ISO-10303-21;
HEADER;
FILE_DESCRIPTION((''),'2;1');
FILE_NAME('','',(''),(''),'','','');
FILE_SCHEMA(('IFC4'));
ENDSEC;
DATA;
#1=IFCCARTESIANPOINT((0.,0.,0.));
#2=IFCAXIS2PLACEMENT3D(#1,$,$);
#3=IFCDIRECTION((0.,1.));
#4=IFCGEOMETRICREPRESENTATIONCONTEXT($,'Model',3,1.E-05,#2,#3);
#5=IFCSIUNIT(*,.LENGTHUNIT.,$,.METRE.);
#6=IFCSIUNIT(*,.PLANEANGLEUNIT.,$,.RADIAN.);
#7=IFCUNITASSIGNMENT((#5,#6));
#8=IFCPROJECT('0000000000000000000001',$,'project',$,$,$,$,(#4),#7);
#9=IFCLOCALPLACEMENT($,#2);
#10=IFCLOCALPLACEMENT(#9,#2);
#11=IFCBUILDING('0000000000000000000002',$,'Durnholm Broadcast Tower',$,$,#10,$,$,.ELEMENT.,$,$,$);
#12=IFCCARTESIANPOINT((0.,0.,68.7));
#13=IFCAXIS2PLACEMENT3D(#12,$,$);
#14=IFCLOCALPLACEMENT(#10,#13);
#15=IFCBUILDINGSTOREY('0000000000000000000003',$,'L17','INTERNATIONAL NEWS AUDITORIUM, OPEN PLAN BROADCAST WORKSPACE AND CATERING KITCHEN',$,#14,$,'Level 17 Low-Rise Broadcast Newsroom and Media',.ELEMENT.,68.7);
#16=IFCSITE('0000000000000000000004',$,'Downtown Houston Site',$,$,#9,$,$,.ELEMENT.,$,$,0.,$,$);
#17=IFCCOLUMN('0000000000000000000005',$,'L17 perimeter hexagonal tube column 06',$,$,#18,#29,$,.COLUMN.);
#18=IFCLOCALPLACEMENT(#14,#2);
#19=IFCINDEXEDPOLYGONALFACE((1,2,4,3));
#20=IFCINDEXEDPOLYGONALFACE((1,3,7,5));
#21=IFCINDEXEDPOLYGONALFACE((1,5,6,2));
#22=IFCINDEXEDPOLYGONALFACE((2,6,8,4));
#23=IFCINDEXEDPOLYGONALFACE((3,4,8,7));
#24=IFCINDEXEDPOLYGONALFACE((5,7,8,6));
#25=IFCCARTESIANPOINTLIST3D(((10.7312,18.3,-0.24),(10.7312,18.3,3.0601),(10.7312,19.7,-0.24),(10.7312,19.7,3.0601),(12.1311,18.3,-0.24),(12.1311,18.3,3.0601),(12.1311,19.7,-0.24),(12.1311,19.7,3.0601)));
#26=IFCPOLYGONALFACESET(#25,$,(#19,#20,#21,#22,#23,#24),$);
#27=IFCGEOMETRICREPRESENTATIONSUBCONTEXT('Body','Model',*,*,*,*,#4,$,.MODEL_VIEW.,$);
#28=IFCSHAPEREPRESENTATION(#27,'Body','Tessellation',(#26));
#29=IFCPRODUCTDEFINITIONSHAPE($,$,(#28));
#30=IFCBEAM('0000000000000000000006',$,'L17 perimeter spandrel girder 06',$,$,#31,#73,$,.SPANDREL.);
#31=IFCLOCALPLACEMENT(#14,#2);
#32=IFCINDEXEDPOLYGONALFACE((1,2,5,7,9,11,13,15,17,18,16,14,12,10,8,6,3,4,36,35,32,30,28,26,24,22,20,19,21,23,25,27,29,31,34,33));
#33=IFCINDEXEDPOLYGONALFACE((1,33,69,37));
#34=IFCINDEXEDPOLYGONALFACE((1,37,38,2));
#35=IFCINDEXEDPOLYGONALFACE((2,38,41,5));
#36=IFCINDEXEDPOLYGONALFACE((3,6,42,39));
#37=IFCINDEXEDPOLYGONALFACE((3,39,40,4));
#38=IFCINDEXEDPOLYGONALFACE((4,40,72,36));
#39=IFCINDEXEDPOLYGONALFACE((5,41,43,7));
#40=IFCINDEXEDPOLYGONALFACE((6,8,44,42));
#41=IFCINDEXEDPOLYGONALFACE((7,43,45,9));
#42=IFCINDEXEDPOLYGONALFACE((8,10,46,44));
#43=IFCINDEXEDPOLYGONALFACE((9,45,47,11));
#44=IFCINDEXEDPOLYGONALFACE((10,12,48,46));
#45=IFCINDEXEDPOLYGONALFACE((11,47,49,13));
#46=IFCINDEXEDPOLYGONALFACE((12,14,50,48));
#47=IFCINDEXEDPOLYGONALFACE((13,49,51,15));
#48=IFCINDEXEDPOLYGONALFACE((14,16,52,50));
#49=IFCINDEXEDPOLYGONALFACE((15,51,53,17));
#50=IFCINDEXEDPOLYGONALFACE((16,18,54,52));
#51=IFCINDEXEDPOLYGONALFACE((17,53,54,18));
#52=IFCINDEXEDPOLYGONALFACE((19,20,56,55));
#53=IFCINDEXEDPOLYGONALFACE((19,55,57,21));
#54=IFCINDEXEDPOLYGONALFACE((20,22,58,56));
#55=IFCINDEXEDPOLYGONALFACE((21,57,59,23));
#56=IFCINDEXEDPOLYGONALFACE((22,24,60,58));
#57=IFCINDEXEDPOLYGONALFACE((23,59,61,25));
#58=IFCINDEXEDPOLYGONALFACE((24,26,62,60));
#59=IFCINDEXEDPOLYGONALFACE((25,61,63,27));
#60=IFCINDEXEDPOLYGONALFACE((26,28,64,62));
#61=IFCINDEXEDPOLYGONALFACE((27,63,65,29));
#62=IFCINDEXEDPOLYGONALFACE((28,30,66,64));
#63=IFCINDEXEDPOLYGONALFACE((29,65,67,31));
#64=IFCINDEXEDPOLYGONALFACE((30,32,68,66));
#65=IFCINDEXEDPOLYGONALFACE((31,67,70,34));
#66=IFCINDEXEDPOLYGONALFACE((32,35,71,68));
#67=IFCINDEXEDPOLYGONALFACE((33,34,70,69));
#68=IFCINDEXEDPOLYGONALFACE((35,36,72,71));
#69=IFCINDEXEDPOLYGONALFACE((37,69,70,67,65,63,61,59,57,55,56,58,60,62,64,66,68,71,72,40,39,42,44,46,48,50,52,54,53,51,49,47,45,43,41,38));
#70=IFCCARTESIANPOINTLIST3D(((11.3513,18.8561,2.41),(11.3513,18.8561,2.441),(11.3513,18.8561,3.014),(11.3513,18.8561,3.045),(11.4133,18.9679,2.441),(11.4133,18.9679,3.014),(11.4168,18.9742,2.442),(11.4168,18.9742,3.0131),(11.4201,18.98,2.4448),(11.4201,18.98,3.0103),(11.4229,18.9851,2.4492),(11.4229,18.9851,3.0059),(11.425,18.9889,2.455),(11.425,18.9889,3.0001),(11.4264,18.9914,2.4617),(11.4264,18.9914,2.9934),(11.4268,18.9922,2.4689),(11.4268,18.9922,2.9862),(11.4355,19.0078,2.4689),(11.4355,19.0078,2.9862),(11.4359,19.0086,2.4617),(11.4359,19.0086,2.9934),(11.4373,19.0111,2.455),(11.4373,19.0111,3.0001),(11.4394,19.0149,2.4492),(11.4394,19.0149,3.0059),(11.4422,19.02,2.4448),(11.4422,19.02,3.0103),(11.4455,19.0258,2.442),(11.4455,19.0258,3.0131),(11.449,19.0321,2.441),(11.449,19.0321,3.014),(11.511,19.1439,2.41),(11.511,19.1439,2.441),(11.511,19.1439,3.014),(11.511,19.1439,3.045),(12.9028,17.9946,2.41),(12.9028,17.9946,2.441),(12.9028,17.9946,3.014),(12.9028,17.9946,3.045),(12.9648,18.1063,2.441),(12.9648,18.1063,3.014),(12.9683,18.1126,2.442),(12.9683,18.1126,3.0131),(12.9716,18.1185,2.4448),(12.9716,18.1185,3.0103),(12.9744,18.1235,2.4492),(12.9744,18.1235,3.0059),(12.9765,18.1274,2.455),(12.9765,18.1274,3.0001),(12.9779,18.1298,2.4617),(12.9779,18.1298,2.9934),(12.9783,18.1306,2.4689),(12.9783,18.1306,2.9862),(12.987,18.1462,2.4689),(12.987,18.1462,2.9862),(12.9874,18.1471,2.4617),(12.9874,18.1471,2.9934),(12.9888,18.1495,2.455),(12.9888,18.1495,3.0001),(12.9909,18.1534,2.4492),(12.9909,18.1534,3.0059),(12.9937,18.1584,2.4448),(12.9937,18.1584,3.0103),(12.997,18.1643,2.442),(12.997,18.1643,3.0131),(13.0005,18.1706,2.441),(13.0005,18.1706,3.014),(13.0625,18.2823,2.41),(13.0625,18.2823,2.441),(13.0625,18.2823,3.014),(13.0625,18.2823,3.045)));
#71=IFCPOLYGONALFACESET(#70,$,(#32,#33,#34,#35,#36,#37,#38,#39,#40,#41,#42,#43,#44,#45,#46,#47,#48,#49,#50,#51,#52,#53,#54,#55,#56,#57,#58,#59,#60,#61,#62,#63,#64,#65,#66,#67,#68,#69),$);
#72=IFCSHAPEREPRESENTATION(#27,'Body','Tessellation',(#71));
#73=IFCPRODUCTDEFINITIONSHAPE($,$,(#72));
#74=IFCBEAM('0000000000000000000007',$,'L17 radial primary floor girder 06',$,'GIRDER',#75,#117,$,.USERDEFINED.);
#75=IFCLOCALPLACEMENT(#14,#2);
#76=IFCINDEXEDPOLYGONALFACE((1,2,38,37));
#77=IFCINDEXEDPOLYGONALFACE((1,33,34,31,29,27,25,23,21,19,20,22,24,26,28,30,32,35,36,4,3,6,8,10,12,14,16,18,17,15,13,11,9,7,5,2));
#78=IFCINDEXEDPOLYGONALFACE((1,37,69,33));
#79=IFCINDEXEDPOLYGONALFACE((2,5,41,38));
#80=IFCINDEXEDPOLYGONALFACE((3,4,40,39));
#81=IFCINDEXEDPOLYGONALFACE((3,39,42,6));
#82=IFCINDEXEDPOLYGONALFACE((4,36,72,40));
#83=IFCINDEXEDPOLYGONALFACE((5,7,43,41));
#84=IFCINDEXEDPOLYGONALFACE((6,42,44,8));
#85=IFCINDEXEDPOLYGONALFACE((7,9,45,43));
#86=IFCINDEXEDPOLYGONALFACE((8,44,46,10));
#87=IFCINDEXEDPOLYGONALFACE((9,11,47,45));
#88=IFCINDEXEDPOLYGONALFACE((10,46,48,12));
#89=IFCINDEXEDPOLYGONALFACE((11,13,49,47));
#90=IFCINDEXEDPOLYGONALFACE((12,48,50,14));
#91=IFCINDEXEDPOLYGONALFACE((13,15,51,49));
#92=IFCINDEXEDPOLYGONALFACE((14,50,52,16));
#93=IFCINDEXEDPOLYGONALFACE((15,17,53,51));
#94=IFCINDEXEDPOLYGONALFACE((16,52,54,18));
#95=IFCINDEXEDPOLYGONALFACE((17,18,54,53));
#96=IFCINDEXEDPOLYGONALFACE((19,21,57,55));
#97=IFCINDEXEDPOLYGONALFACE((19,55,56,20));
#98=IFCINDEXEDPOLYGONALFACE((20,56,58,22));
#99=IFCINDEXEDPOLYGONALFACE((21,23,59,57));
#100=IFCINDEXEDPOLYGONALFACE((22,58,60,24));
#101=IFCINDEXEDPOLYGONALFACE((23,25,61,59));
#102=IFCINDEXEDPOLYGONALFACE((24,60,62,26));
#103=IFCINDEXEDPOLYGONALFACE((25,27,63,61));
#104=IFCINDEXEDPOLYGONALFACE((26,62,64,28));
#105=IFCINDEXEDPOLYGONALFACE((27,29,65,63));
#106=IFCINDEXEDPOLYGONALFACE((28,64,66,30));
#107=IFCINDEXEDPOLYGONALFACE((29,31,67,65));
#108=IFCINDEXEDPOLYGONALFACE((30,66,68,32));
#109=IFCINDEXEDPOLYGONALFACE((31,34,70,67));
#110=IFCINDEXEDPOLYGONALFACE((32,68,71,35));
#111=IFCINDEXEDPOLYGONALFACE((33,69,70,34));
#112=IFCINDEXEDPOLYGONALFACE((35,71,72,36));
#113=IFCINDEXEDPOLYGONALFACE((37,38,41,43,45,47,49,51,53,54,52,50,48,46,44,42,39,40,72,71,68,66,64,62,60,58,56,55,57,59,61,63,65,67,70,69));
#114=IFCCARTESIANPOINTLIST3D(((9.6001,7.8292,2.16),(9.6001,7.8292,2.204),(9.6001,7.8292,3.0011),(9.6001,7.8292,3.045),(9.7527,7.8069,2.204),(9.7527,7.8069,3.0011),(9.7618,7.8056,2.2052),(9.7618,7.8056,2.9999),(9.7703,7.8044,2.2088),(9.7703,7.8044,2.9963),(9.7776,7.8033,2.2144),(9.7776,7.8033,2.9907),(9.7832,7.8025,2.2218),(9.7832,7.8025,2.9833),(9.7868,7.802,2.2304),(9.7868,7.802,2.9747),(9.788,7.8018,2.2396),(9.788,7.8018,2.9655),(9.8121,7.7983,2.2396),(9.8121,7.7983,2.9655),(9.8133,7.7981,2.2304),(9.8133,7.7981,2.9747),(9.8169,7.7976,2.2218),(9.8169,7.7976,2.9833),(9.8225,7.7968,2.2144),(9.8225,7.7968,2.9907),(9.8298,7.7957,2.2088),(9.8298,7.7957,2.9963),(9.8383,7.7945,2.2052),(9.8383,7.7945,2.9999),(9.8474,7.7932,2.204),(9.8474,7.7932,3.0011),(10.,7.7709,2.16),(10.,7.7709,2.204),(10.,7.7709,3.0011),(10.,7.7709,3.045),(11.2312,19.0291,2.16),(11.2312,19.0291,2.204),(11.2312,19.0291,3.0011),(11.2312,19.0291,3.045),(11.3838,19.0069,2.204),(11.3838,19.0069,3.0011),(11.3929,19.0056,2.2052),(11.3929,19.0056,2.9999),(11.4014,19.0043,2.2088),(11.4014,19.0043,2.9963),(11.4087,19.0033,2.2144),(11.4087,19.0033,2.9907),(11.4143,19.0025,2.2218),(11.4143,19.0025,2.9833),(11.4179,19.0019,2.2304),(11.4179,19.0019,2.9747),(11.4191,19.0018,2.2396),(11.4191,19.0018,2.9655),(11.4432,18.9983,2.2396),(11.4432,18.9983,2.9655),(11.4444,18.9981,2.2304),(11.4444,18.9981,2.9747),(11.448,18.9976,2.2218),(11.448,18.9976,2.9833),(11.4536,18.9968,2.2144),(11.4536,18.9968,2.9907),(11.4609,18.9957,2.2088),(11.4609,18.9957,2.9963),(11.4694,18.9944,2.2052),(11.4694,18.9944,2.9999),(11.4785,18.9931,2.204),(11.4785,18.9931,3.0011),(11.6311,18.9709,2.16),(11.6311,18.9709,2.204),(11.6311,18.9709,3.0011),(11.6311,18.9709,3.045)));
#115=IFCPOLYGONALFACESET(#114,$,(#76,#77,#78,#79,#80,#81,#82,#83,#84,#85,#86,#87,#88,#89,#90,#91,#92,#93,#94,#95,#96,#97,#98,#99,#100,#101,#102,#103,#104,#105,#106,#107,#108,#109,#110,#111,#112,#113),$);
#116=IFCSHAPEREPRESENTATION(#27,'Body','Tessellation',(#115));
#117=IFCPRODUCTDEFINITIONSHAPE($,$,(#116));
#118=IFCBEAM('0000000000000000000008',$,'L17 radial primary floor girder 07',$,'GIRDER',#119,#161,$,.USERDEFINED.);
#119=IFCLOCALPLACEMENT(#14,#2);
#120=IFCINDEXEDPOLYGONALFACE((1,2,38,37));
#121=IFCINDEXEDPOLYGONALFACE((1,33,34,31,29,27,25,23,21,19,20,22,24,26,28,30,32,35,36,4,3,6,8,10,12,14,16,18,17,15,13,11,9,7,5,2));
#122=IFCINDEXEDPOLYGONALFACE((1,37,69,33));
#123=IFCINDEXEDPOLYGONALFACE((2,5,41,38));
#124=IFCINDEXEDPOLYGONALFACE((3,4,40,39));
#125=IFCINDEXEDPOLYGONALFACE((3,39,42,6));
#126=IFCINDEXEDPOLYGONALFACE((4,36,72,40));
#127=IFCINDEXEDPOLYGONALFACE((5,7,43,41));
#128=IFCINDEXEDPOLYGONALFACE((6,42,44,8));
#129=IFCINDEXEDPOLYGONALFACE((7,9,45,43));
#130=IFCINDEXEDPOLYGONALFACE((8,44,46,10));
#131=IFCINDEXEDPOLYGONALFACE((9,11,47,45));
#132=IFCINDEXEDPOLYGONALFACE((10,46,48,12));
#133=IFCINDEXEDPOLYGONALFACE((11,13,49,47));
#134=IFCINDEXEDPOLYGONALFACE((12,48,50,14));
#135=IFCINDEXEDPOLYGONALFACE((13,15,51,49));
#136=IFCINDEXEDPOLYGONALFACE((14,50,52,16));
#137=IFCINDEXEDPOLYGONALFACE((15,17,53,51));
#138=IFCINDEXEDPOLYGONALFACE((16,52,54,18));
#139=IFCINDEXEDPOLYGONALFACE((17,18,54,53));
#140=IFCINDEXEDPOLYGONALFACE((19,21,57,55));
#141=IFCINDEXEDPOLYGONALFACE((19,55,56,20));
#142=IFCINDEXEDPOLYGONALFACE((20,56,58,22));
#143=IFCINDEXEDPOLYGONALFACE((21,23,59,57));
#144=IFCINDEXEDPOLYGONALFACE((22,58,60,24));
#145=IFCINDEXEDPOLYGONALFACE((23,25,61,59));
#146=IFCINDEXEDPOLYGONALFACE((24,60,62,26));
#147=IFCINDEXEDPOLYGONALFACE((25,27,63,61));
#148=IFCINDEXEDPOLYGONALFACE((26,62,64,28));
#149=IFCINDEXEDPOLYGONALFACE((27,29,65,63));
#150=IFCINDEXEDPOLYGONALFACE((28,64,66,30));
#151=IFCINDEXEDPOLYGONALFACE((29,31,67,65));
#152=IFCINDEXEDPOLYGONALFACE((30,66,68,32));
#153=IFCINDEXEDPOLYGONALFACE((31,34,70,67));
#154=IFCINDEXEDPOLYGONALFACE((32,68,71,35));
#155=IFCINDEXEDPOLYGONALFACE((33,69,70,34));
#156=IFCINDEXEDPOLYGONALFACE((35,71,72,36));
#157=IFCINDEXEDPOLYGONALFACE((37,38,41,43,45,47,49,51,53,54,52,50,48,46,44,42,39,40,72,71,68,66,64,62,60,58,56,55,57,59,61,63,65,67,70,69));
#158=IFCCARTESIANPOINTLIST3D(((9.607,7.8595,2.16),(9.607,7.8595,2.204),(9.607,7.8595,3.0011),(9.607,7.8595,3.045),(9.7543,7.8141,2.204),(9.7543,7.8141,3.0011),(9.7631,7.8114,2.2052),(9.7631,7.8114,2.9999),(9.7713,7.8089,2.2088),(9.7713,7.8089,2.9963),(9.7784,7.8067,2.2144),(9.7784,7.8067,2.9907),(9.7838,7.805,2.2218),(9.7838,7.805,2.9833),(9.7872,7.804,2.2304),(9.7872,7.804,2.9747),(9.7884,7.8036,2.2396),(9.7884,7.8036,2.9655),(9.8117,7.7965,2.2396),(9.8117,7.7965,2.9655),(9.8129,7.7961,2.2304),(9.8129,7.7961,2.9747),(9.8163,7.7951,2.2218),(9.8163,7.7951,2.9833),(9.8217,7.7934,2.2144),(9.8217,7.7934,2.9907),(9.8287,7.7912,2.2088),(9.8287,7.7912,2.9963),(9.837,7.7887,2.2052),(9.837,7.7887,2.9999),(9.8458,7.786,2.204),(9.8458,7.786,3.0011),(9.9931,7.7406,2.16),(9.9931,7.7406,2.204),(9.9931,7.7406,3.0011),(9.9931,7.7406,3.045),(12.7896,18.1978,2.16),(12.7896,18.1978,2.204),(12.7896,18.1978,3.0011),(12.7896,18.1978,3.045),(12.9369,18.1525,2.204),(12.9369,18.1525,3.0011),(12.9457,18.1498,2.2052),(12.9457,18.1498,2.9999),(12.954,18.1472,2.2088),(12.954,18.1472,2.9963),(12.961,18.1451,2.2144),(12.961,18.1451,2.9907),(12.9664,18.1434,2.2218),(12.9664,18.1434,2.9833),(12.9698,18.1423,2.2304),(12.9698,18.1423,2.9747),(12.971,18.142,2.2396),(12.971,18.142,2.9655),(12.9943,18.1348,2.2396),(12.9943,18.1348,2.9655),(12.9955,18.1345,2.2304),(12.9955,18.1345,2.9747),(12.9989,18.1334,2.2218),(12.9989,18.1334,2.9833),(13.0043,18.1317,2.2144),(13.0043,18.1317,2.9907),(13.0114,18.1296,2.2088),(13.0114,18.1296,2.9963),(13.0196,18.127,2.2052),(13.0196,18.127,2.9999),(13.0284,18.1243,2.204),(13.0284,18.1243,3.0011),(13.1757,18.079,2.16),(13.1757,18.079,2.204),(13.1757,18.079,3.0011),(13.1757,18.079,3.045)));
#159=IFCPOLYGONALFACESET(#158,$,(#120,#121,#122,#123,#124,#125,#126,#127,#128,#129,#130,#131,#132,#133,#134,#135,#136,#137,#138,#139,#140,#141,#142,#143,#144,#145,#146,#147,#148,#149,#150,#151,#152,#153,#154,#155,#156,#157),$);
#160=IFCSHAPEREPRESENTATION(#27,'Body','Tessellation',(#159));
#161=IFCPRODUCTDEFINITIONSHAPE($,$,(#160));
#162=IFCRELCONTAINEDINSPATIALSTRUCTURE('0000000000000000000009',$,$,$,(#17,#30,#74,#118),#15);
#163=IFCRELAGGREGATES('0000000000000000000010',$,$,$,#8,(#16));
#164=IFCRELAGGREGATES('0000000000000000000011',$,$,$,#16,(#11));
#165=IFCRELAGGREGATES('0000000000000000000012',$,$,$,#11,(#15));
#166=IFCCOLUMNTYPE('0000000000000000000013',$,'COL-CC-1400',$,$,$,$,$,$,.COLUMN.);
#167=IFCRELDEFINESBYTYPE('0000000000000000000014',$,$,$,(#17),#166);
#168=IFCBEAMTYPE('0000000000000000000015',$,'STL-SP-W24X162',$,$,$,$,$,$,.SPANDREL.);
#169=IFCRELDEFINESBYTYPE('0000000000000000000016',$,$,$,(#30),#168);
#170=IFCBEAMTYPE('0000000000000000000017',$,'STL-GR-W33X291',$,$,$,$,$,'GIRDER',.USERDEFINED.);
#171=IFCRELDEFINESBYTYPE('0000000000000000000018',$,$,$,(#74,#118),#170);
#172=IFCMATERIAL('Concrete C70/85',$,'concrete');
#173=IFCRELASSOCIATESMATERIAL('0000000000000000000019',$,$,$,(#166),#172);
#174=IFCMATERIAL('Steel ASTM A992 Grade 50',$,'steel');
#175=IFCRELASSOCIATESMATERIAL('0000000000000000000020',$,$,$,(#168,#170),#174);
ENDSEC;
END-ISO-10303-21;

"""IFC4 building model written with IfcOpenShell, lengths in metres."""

from ifc_helpers import new_model, si_unit, direction, frame, origin, origin_2d, place, context, subcontext, project, spatial, rectangle, i_section, extrude, source, transform, mapped, material, material_profile, profile_set, type_object, type_shapes, element, save


model = new_model("IFC4")

# Units and contexts
model_context = context("Model", 3, precision=1e-05, world=origin(), true_north=direction((0.0, 1.0)))
body_context = subcontext(model_context, "Body", "Model", "MODEL_VIEW")
ifc_project = project(units=[si_unit("LENGTHUNIT", "METRE"), si_unit("PLANEANGLEUNIT", "RADIAN")], contexts=[model_context])

# Site, building, storey
site_placement = place(None, origin())
site = spatial("IfcSite", under=ifc_project, at=site_placement, Name="Downtown Houston Site", CompositionType="ELEMENT", RefElevation=0.0)
building_placement = place(site_placement, origin())
building = spatial("IfcBuilding", under=site, at=building_placement, Name="Durnholm Broadcast Tower", CompositionType="ELEMENT")
storey_placement = place(building_placement, frame((0.0, 0.0, 68.7)))
storey = spatial("IfcBuildingStorey", under=building, at=storey_placement, Name="L17", Description="INTERNATIONAL NEWS AUDITORIUM, OPEN PLAN BROADCAST WORKSPACE AND CATERING KITCHEN", LongName="Level 17 Low-Rise Broadcast Newsroom and Media", CompositionType="ELEMENT", Elevation=68.7)

# Column
ifc_material_1 = material(Name="Concrete C70/85", Category="concrete")
ifc_material_profile_1 = material_profile(ifc_material_1, rectangle(XDim=1.3999, YDim=1.3999, at=origin_2d()), Name="RC1400X1400")
ifc_profile_set_1 = profile_set([ifc_material_profile_1], Name="Concrete C70/85")
column_type = type_object("IfcColumnType", Name="COL-CC-1400", PredefinedType="COLUMN", material=ifc_profile_set_1)
shared_shape_1 = source(origin(), body_context, "Body", "SweptSolid", [
    extrude(rectangle(XDim=1.3999, YDim=1.3999, at=origin_2d()), origin(), (0.0, 0.0, 1.0), 3.3),
])
type_shapes(column_type, [shared_shape_1])
column_placement = place(storey_placement, frame((11.4312, 19.0, -0.24), z_axis=(0.0, 0.0, 1.0), x_axis=(1.0, 0.0, 0.0)))
element("IfcColumn", 1, at=column_placement, inside=storey, type_object=column_type, Name="L17 perimeter hexagonal tube column 06", PredefinedType="COLUMN", context=body_context, shape_type="MappedRepresentation", body=[
    mapped(shared_shape_1, transform((0.0, 0.0, 0.0), x_axis=(1.0, 0.0, 0.0), y_axis=(0.0, 1.0, 0.0), z_axis=(0.0, 0.0, 1.0), scale=1.0)),
])

# Beams
ifc_material_2 = material(Name="Steel ASTM A992 Grade 50", Category="steel")
ifc_material_profile_2 = material_profile(ifc_material_2, i_section(OverallWidth=0.3291, OverallDepth=0.635, WebThickness=0.0178, FlangeThickness=0.031, FilletRadius=0.0278, at=origin_2d()), Name="W24X162")
ifc_profile_set_2 = profile_set([ifc_material_profile_2], Name="Steel ASTM A992 Grade 50")
beam_type_1 = type_object("IfcBeamType", Name="STL-SP-W24X162", PredefinedType="SPANDREL", material=ifc_profile_set_2)
shared_shape_2 = source(origin(), body_context, "Body", "SweptSolid", [
    extrude(i_section(OverallWidth=0.3291, OverallDepth=0.635, WebThickness=0.0178, FlangeThickness=0.031, FilletRadius=0.0278, at=origin_2d()), origin(), (0.0, 0.0, 1.0), 1.7747),
])
type_shapes(beam_type_1, [shared_shape_2])
beam_1_placement = place(storey_placement, frame((11.4312, 19.0, 2.7275), z_axis=(0.874248, -0.485479, 0.0), x_axis=(0.485479, 0.874248, 0.0)))
element("IfcBeam", 2, at=beam_1_placement, inside=storey, type_object=beam_type_1, Name="L17 perimeter spandrel girder 06", PredefinedType="SPANDREL", context=body_context, shape_type="MappedRepresentation", body=[
    mapped(shared_shape_2, transform((0.0, 0.0, 0.0), x_axis=(1.0, 0.0, 0.0), y_axis=(0.0, 1.0, 0.0), z_axis=(0.0, 0.0, 1.0), scale=1.0)),
])
ifc_material_profile_3 = material_profile(ifc_material_2, i_section(OverallWidth=0.4041, OverallDepth=0.885, WebThickness=0.0244, FlangeThickness=0.0439, FilletRadius=0.0356, at=origin_2d()), Name="W33X291")
ifc_profile_set_3 = profile_set([ifc_material_profile_3], Name="Steel ASTM A992 Grade 50")
beam_type_2 = type_object("IfcBeamType", Name="STL-GR-W33X291", ElementType="GIRDER", PredefinedType="USERDEFINED", material=ifc_profile_set_3)
shared_shape_3 = source(origin(), body_context, "Body", "SweptSolid", [
    extrude(i_section(OverallWidth=0.4041, OverallDepth=0.885, WebThickness=0.0244, FlangeThickness=0.0439, FilletRadius=0.0356, at=origin_2d()), origin(), (0.0, 0.0, 1.0), 11.3181),
])
beam_2_placement = place(storey_placement, frame((9.8, 7.8, 2.6025), z_axis=(0.144115, 0.989561, 0.0), x_axis=(-0.989561, 0.144115, 0.0)))
element("IfcBeam", 3, at=beam_2_placement, inside=storey, type_object=beam_type_2, Name="L17 radial primary floor girder 06", ObjectType="GIRDER", PredefinedType="USERDEFINED", context=body_context, shape_type="MappedRepresentation", body=[
    mapped(shared_shape_3, transform((0.0, 0.0, 0.0), x_axis=(1.0, 0.0, 0.0), y_axis=(0.0, 1.0, 0.0), z_axis=(0.0, 0.0, 1.0), scale=1.0)),
])
shared_shape_4 = source(origin(), body_context, "Body", "SweptSolid", [
    extrude(i_section(OverallWidth=0.4041, OverallDepth=0.885, WebThickness=0.0244, FlangeThickness=0.0439, FilletRadius=0.0356, at=origin_2d()), origin(), (0.0, 0.0, 1.0), 10.8171),
])
type_shapes(beam_type_2, [shared_shape_3, shared_shape_4])
beam_3_placement = place(storey_placement, frame((9.8, 7.8, 2.6025), z_axis=(0.294219, 0.955738, 0.0), x_axis=(-0.955738, 0.294219, 0.0)))
element("IfcBeam", 4, at=beam_3_placement, inside=storey, type_object=beam_type_2, Name="L17 radial primary floor girder 07", ObjectType="GIRDER", PredefinedType="USERDEFINED", context=body_context, shape_type="MappedRepresentation", body=[
    mapped(shared_shape_4, transform((0.0, 0.0, 0.0), x_axis=(1.0, 0.0, 0.0), y_axis=(0.0, 1.0, 0.0), z_axis=(0.0, 0.0, 1.0), scale=1.0)),
])

save(model, "model.ifc")
